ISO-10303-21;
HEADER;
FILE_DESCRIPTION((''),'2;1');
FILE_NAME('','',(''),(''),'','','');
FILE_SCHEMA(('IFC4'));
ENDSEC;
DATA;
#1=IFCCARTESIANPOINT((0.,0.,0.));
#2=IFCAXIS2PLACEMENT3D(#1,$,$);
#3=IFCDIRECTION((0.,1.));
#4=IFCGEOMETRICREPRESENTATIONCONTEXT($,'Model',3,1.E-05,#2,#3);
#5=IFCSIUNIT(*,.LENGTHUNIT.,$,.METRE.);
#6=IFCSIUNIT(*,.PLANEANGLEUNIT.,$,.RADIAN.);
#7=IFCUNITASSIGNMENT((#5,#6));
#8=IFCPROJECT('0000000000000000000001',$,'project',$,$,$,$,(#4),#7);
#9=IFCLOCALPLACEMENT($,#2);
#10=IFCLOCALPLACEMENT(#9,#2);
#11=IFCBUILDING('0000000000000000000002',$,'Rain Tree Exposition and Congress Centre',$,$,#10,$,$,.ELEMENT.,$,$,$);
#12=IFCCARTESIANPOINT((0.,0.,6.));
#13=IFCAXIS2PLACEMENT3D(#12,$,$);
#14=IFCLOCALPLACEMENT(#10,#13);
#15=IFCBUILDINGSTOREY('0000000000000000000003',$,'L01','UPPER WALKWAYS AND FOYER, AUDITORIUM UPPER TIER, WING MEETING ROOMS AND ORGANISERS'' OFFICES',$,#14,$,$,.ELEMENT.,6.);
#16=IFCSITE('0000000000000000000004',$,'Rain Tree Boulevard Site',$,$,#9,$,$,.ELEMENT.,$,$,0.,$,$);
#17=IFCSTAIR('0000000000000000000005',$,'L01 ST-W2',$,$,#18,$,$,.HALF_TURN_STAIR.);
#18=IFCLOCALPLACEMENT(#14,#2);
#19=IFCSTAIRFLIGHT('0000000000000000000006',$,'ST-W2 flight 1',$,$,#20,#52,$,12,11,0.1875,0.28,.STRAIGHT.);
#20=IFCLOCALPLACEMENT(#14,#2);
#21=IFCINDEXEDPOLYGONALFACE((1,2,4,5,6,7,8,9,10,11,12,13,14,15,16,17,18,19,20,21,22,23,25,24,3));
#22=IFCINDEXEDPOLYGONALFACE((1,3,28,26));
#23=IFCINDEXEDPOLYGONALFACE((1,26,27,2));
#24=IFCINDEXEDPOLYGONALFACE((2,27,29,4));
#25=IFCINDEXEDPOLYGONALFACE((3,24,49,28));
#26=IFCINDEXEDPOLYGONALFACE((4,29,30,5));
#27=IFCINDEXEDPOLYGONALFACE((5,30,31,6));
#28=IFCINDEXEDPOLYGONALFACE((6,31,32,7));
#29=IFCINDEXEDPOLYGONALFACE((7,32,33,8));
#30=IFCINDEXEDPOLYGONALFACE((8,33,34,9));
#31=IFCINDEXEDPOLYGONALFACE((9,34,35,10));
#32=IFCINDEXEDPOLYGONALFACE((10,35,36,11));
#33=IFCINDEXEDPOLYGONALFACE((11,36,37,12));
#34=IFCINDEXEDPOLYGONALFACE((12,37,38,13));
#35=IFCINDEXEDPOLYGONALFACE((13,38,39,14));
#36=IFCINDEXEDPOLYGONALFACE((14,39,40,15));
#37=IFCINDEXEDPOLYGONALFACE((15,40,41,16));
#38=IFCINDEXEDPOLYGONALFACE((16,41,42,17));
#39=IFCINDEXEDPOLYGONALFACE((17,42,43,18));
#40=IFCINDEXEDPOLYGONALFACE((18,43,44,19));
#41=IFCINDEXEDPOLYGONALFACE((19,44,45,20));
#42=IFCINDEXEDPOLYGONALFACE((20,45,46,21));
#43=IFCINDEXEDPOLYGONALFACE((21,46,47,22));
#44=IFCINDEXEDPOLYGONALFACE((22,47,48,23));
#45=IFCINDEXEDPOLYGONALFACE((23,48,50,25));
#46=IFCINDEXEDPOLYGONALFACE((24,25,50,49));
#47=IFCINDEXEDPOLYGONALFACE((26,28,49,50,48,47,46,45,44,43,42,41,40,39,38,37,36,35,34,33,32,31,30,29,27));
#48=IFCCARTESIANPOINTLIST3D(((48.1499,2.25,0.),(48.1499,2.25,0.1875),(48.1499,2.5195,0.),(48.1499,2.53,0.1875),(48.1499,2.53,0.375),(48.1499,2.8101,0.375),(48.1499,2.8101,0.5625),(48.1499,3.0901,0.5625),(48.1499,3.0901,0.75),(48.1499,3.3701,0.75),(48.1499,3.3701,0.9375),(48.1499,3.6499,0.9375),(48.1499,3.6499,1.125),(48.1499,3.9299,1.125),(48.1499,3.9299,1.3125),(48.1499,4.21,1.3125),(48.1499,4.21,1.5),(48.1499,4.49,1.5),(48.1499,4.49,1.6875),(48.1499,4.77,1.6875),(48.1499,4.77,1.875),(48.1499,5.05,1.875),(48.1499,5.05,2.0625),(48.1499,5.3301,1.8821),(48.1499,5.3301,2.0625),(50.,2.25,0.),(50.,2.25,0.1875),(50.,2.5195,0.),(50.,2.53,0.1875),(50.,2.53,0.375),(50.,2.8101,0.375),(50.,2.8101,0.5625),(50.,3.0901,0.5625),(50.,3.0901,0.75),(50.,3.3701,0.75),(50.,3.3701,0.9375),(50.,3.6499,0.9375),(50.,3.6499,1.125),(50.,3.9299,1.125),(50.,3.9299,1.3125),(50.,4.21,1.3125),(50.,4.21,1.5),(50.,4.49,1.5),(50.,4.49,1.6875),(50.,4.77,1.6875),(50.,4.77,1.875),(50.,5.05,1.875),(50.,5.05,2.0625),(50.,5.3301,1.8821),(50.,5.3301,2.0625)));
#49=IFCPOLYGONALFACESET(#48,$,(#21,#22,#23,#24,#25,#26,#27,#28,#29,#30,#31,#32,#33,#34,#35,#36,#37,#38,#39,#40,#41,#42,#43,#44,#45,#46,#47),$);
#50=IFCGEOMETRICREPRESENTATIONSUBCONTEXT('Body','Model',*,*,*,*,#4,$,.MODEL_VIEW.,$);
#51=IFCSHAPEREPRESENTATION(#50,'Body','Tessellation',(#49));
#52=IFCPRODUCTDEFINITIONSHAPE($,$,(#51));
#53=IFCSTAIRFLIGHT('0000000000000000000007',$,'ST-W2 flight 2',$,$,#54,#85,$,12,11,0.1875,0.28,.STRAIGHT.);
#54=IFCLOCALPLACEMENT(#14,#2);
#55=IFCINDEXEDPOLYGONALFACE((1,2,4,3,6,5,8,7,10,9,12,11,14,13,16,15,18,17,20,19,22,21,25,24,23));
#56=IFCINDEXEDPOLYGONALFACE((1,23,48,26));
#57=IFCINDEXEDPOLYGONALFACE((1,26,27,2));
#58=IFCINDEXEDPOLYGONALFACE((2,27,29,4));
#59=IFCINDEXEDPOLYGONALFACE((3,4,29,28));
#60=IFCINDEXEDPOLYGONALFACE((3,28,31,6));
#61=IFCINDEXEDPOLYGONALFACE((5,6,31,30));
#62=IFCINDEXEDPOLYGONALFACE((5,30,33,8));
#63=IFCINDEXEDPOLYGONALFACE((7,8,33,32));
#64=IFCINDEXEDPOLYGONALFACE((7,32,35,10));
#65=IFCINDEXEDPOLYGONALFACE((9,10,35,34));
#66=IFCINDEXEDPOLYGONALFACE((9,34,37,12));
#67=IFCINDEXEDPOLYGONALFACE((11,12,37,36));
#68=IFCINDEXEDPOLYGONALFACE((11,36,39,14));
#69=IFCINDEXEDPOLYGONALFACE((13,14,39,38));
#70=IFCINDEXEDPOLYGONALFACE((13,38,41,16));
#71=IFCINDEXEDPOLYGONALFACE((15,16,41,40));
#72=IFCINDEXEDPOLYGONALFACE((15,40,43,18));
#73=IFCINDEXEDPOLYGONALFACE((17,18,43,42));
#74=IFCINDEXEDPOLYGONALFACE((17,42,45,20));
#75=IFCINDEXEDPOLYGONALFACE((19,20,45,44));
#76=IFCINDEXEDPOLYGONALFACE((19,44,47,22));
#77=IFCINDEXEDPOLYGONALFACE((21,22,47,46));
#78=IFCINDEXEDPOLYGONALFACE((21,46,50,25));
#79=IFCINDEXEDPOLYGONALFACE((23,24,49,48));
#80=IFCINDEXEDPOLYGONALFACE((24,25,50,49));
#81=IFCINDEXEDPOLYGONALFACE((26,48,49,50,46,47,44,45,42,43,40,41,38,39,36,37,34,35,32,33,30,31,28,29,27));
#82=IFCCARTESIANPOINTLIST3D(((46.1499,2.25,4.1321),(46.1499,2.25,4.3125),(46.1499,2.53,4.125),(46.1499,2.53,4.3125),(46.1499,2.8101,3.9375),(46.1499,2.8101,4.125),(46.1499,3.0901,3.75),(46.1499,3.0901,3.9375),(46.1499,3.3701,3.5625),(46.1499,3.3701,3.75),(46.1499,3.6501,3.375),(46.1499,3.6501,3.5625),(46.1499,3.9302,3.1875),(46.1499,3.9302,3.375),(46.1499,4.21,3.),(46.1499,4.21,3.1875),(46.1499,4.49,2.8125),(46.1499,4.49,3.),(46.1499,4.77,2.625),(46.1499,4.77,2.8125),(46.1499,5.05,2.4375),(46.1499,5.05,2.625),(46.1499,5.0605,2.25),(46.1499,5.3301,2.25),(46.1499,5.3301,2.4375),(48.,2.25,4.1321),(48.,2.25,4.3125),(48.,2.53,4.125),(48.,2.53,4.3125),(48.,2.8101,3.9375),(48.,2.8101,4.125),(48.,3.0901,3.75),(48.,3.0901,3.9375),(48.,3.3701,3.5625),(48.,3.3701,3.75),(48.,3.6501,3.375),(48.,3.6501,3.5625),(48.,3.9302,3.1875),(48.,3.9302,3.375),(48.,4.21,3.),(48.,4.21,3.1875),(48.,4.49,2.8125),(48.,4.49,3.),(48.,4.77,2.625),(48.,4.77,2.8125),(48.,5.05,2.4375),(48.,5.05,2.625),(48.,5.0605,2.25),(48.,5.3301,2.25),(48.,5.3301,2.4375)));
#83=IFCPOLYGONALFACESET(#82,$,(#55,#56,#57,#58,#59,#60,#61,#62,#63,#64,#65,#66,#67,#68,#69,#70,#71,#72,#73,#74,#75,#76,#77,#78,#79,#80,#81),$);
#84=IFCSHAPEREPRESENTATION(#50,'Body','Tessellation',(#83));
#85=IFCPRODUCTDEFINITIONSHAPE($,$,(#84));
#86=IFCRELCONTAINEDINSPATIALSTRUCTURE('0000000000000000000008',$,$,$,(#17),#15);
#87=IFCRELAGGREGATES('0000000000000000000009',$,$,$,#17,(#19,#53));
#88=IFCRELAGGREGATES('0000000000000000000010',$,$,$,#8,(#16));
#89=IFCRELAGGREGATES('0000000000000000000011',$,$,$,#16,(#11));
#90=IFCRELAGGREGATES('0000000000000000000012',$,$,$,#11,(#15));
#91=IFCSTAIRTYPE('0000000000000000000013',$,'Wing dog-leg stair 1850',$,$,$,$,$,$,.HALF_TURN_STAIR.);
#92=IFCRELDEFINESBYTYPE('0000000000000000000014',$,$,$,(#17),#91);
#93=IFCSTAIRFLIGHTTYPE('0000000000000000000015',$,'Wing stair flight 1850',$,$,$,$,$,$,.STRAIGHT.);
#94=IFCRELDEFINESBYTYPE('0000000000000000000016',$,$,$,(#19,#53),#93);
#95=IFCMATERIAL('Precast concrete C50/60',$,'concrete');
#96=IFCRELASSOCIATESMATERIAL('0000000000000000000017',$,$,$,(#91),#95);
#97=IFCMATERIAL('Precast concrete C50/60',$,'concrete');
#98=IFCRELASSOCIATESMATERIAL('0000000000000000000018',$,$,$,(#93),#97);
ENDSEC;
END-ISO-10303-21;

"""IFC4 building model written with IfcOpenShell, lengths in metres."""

from ifc_helpers import new_model, si_unit, direction, frame, origin, place, context, subcontext, project, spatial, polyline, outline, extrude, material, type_object, element, aggregate, save


model = new_model("IFC4")

# Units and contexts
model_context = context("Model", 3, precision=1e-05, world=origin(), true_north=direction((0.0, 1.0)))
body_context = subcontext(model_context, "Body", "Model", "MODEL_VIEW")
ifc_project = project(units=[si_unit("LENGTHUNIT", "METRE"), si_unit("PLANEANGLEUNIT", "RADIAN")], contexts=[model_context])

# Site, building, storey
site_placement = place(None, origin())
site = spatial("IfcSite", under=ifc_project, at=site_placement, Name="Rain Tree Boulevard Site", CompositionType="ELEMENT", RefElevation=0.0)
building_placement = place(site_placement, origin())
building = spatial("IfcBuilding", under=site, at=building_placement, Name="Rain Tree Exposition and Congress Centre", CompositionType="ELEMENT")
storey_placement = place(building_placement, frame((0.0, 0.0, 6.0)))
storey = spatial("IfcBuildingStorey", under=building, at=storey_placement, Name="L01", Description="UPPER WALKWAYS AND FOYER, AUDITORIUM UPPER TIER, WING MEETING ROOMS AND ORGANISERS' OFFICES", CompositionType="ELEMENT", Elevation=6.0)

# Stair, stair flights
ifc_material_1 = material(Name="Precast concrete C50/60", Category="concrete")
stair_type = type_object("IfcStairType", Name="Wing dog-leg stair 1850", PredefinedType="HALF_TURN_STAIR", material=ifc_material_1)
stair_placement = place(storey_placement, origin())
stair = element("IfcStair", 1, at=stair_placement, inside=storey, type_object=stair_type, Name="L01 ST-W2", PredefinedType="HALF_TURN_STAIR")
ifc_material_2 = material(Name="Precast concrete C50/60", Category="concrete")
stair_flight_type = type_object("IfcStairFlightType", Name="Wing stair flight 1850", PredefinedType="STRAIGHT", material=ifc_material_2)
stair_flight_1_placement = place(storey_placement, frame((49.075, 2.25, 0.0), z_axis=(0.0, 0.0, 1.0), x_axis=(0.0, 1.0, 0.0)))
stair_flight_1 = element("IfcStairFlight", 2, at=stair_flight_1_placement, type_object=stair_flight_type, Name="ST-W2 flight 1", NumberOfRisers=12, NumberOfTreads=11, PredefinedType="STRAIGHT", RiserHeight=0.1875, TreadLength=0.28, context=body_context, shape_type="SweptSolid", body=[
    extrude(outline(polyline([(0.0, 0.0), (0.0, 0.1875), (0.28, 0.1875), (0.28, 0.375), (0.5601, 0.375), (0.5601, 0.5625), (0.8401, 0.5625), (0.8401, 0.75), (1.1201, 0.75), (1.1201, 0.9375), (1.3999, 0.9375), (1.3999, 1.125), (1.6799, 1.125), (1.6799, 1.3125), (1.96, 1.3125), (1.96, 1.5), (2.24, 1.5), (2.24, 1.6875), (2.52, 1.6875), (2.52, 1.875), (2.8, 1.875), (2.8, 2.0625), (3.0801, 2.0625), (3.0801, 2.25), (3.0801, 1.8821), (0.2695, 0.0), (0.0, 0.0)])), frame((0.0, 0.925, 0.0), z_axis=(0.0, -1.0, 0.0), x_axis=(1.0, 0.0, 0.0)), (0.0, 0.0, 1.0), 1.8501),
])
stair_flight_2_placement = place(storey_placement, frame((47.075, 5.3301, 2.25), z_axis=(0.0, 0.0, 1.0), x_axis=(0.0, -1.0, 0.0)))
stair_flight_2 = element("IfcStairFlight", 3, at=stair_flight_2_placement, type_object=stair_flight_type, Name="ST-W2 flight 2", NumberOfRisers=12, NumberOfTreads=11, PredefinedType="STRAIGHT", RiserHeight=0.1875, TreadLength=0.28, context=body_context, shape_type="SweptSolid", body=[
    extrude(outline(polyline([(0.0, 0.0), (0.0, 0.1875), (0.28, 0.1875), (0.28, 0.375), (0.5601, 0.375), (0.5601, 0.5625), (0.8401, 0.5625), (0.8401, 0.75), (1.1201, 0.75), (1.1201, 0.9375), (1.3999, 0.9375), (1.3999, 1.125), (1.6799, 1.125), (1.6799, 1.3125), (1.96, 1.3125), (1.96, 1.5), (2.24, 1.5), (2.24, 1.6875), (2.52, 1.6875), (2.52, 1.875), (2.8, 1.875), (2.8, 2.0625), (3.0801, 2.0625), (3.0801, 2.25), (3.0801, 1.8821), (0.2695, 0.0), (0.0, 0.0)])), frame((0.0, 0.925, 0.0), z_axis=(0.0, -1.0, 0.0), x_axis=(1.0, 0.0, 0.0)), (0.0, 0.0, 1.0), 1.8501),
])
aggregate(stair, [stair_flight_1, stair_flight_2])

save(model, "model.ifc")
